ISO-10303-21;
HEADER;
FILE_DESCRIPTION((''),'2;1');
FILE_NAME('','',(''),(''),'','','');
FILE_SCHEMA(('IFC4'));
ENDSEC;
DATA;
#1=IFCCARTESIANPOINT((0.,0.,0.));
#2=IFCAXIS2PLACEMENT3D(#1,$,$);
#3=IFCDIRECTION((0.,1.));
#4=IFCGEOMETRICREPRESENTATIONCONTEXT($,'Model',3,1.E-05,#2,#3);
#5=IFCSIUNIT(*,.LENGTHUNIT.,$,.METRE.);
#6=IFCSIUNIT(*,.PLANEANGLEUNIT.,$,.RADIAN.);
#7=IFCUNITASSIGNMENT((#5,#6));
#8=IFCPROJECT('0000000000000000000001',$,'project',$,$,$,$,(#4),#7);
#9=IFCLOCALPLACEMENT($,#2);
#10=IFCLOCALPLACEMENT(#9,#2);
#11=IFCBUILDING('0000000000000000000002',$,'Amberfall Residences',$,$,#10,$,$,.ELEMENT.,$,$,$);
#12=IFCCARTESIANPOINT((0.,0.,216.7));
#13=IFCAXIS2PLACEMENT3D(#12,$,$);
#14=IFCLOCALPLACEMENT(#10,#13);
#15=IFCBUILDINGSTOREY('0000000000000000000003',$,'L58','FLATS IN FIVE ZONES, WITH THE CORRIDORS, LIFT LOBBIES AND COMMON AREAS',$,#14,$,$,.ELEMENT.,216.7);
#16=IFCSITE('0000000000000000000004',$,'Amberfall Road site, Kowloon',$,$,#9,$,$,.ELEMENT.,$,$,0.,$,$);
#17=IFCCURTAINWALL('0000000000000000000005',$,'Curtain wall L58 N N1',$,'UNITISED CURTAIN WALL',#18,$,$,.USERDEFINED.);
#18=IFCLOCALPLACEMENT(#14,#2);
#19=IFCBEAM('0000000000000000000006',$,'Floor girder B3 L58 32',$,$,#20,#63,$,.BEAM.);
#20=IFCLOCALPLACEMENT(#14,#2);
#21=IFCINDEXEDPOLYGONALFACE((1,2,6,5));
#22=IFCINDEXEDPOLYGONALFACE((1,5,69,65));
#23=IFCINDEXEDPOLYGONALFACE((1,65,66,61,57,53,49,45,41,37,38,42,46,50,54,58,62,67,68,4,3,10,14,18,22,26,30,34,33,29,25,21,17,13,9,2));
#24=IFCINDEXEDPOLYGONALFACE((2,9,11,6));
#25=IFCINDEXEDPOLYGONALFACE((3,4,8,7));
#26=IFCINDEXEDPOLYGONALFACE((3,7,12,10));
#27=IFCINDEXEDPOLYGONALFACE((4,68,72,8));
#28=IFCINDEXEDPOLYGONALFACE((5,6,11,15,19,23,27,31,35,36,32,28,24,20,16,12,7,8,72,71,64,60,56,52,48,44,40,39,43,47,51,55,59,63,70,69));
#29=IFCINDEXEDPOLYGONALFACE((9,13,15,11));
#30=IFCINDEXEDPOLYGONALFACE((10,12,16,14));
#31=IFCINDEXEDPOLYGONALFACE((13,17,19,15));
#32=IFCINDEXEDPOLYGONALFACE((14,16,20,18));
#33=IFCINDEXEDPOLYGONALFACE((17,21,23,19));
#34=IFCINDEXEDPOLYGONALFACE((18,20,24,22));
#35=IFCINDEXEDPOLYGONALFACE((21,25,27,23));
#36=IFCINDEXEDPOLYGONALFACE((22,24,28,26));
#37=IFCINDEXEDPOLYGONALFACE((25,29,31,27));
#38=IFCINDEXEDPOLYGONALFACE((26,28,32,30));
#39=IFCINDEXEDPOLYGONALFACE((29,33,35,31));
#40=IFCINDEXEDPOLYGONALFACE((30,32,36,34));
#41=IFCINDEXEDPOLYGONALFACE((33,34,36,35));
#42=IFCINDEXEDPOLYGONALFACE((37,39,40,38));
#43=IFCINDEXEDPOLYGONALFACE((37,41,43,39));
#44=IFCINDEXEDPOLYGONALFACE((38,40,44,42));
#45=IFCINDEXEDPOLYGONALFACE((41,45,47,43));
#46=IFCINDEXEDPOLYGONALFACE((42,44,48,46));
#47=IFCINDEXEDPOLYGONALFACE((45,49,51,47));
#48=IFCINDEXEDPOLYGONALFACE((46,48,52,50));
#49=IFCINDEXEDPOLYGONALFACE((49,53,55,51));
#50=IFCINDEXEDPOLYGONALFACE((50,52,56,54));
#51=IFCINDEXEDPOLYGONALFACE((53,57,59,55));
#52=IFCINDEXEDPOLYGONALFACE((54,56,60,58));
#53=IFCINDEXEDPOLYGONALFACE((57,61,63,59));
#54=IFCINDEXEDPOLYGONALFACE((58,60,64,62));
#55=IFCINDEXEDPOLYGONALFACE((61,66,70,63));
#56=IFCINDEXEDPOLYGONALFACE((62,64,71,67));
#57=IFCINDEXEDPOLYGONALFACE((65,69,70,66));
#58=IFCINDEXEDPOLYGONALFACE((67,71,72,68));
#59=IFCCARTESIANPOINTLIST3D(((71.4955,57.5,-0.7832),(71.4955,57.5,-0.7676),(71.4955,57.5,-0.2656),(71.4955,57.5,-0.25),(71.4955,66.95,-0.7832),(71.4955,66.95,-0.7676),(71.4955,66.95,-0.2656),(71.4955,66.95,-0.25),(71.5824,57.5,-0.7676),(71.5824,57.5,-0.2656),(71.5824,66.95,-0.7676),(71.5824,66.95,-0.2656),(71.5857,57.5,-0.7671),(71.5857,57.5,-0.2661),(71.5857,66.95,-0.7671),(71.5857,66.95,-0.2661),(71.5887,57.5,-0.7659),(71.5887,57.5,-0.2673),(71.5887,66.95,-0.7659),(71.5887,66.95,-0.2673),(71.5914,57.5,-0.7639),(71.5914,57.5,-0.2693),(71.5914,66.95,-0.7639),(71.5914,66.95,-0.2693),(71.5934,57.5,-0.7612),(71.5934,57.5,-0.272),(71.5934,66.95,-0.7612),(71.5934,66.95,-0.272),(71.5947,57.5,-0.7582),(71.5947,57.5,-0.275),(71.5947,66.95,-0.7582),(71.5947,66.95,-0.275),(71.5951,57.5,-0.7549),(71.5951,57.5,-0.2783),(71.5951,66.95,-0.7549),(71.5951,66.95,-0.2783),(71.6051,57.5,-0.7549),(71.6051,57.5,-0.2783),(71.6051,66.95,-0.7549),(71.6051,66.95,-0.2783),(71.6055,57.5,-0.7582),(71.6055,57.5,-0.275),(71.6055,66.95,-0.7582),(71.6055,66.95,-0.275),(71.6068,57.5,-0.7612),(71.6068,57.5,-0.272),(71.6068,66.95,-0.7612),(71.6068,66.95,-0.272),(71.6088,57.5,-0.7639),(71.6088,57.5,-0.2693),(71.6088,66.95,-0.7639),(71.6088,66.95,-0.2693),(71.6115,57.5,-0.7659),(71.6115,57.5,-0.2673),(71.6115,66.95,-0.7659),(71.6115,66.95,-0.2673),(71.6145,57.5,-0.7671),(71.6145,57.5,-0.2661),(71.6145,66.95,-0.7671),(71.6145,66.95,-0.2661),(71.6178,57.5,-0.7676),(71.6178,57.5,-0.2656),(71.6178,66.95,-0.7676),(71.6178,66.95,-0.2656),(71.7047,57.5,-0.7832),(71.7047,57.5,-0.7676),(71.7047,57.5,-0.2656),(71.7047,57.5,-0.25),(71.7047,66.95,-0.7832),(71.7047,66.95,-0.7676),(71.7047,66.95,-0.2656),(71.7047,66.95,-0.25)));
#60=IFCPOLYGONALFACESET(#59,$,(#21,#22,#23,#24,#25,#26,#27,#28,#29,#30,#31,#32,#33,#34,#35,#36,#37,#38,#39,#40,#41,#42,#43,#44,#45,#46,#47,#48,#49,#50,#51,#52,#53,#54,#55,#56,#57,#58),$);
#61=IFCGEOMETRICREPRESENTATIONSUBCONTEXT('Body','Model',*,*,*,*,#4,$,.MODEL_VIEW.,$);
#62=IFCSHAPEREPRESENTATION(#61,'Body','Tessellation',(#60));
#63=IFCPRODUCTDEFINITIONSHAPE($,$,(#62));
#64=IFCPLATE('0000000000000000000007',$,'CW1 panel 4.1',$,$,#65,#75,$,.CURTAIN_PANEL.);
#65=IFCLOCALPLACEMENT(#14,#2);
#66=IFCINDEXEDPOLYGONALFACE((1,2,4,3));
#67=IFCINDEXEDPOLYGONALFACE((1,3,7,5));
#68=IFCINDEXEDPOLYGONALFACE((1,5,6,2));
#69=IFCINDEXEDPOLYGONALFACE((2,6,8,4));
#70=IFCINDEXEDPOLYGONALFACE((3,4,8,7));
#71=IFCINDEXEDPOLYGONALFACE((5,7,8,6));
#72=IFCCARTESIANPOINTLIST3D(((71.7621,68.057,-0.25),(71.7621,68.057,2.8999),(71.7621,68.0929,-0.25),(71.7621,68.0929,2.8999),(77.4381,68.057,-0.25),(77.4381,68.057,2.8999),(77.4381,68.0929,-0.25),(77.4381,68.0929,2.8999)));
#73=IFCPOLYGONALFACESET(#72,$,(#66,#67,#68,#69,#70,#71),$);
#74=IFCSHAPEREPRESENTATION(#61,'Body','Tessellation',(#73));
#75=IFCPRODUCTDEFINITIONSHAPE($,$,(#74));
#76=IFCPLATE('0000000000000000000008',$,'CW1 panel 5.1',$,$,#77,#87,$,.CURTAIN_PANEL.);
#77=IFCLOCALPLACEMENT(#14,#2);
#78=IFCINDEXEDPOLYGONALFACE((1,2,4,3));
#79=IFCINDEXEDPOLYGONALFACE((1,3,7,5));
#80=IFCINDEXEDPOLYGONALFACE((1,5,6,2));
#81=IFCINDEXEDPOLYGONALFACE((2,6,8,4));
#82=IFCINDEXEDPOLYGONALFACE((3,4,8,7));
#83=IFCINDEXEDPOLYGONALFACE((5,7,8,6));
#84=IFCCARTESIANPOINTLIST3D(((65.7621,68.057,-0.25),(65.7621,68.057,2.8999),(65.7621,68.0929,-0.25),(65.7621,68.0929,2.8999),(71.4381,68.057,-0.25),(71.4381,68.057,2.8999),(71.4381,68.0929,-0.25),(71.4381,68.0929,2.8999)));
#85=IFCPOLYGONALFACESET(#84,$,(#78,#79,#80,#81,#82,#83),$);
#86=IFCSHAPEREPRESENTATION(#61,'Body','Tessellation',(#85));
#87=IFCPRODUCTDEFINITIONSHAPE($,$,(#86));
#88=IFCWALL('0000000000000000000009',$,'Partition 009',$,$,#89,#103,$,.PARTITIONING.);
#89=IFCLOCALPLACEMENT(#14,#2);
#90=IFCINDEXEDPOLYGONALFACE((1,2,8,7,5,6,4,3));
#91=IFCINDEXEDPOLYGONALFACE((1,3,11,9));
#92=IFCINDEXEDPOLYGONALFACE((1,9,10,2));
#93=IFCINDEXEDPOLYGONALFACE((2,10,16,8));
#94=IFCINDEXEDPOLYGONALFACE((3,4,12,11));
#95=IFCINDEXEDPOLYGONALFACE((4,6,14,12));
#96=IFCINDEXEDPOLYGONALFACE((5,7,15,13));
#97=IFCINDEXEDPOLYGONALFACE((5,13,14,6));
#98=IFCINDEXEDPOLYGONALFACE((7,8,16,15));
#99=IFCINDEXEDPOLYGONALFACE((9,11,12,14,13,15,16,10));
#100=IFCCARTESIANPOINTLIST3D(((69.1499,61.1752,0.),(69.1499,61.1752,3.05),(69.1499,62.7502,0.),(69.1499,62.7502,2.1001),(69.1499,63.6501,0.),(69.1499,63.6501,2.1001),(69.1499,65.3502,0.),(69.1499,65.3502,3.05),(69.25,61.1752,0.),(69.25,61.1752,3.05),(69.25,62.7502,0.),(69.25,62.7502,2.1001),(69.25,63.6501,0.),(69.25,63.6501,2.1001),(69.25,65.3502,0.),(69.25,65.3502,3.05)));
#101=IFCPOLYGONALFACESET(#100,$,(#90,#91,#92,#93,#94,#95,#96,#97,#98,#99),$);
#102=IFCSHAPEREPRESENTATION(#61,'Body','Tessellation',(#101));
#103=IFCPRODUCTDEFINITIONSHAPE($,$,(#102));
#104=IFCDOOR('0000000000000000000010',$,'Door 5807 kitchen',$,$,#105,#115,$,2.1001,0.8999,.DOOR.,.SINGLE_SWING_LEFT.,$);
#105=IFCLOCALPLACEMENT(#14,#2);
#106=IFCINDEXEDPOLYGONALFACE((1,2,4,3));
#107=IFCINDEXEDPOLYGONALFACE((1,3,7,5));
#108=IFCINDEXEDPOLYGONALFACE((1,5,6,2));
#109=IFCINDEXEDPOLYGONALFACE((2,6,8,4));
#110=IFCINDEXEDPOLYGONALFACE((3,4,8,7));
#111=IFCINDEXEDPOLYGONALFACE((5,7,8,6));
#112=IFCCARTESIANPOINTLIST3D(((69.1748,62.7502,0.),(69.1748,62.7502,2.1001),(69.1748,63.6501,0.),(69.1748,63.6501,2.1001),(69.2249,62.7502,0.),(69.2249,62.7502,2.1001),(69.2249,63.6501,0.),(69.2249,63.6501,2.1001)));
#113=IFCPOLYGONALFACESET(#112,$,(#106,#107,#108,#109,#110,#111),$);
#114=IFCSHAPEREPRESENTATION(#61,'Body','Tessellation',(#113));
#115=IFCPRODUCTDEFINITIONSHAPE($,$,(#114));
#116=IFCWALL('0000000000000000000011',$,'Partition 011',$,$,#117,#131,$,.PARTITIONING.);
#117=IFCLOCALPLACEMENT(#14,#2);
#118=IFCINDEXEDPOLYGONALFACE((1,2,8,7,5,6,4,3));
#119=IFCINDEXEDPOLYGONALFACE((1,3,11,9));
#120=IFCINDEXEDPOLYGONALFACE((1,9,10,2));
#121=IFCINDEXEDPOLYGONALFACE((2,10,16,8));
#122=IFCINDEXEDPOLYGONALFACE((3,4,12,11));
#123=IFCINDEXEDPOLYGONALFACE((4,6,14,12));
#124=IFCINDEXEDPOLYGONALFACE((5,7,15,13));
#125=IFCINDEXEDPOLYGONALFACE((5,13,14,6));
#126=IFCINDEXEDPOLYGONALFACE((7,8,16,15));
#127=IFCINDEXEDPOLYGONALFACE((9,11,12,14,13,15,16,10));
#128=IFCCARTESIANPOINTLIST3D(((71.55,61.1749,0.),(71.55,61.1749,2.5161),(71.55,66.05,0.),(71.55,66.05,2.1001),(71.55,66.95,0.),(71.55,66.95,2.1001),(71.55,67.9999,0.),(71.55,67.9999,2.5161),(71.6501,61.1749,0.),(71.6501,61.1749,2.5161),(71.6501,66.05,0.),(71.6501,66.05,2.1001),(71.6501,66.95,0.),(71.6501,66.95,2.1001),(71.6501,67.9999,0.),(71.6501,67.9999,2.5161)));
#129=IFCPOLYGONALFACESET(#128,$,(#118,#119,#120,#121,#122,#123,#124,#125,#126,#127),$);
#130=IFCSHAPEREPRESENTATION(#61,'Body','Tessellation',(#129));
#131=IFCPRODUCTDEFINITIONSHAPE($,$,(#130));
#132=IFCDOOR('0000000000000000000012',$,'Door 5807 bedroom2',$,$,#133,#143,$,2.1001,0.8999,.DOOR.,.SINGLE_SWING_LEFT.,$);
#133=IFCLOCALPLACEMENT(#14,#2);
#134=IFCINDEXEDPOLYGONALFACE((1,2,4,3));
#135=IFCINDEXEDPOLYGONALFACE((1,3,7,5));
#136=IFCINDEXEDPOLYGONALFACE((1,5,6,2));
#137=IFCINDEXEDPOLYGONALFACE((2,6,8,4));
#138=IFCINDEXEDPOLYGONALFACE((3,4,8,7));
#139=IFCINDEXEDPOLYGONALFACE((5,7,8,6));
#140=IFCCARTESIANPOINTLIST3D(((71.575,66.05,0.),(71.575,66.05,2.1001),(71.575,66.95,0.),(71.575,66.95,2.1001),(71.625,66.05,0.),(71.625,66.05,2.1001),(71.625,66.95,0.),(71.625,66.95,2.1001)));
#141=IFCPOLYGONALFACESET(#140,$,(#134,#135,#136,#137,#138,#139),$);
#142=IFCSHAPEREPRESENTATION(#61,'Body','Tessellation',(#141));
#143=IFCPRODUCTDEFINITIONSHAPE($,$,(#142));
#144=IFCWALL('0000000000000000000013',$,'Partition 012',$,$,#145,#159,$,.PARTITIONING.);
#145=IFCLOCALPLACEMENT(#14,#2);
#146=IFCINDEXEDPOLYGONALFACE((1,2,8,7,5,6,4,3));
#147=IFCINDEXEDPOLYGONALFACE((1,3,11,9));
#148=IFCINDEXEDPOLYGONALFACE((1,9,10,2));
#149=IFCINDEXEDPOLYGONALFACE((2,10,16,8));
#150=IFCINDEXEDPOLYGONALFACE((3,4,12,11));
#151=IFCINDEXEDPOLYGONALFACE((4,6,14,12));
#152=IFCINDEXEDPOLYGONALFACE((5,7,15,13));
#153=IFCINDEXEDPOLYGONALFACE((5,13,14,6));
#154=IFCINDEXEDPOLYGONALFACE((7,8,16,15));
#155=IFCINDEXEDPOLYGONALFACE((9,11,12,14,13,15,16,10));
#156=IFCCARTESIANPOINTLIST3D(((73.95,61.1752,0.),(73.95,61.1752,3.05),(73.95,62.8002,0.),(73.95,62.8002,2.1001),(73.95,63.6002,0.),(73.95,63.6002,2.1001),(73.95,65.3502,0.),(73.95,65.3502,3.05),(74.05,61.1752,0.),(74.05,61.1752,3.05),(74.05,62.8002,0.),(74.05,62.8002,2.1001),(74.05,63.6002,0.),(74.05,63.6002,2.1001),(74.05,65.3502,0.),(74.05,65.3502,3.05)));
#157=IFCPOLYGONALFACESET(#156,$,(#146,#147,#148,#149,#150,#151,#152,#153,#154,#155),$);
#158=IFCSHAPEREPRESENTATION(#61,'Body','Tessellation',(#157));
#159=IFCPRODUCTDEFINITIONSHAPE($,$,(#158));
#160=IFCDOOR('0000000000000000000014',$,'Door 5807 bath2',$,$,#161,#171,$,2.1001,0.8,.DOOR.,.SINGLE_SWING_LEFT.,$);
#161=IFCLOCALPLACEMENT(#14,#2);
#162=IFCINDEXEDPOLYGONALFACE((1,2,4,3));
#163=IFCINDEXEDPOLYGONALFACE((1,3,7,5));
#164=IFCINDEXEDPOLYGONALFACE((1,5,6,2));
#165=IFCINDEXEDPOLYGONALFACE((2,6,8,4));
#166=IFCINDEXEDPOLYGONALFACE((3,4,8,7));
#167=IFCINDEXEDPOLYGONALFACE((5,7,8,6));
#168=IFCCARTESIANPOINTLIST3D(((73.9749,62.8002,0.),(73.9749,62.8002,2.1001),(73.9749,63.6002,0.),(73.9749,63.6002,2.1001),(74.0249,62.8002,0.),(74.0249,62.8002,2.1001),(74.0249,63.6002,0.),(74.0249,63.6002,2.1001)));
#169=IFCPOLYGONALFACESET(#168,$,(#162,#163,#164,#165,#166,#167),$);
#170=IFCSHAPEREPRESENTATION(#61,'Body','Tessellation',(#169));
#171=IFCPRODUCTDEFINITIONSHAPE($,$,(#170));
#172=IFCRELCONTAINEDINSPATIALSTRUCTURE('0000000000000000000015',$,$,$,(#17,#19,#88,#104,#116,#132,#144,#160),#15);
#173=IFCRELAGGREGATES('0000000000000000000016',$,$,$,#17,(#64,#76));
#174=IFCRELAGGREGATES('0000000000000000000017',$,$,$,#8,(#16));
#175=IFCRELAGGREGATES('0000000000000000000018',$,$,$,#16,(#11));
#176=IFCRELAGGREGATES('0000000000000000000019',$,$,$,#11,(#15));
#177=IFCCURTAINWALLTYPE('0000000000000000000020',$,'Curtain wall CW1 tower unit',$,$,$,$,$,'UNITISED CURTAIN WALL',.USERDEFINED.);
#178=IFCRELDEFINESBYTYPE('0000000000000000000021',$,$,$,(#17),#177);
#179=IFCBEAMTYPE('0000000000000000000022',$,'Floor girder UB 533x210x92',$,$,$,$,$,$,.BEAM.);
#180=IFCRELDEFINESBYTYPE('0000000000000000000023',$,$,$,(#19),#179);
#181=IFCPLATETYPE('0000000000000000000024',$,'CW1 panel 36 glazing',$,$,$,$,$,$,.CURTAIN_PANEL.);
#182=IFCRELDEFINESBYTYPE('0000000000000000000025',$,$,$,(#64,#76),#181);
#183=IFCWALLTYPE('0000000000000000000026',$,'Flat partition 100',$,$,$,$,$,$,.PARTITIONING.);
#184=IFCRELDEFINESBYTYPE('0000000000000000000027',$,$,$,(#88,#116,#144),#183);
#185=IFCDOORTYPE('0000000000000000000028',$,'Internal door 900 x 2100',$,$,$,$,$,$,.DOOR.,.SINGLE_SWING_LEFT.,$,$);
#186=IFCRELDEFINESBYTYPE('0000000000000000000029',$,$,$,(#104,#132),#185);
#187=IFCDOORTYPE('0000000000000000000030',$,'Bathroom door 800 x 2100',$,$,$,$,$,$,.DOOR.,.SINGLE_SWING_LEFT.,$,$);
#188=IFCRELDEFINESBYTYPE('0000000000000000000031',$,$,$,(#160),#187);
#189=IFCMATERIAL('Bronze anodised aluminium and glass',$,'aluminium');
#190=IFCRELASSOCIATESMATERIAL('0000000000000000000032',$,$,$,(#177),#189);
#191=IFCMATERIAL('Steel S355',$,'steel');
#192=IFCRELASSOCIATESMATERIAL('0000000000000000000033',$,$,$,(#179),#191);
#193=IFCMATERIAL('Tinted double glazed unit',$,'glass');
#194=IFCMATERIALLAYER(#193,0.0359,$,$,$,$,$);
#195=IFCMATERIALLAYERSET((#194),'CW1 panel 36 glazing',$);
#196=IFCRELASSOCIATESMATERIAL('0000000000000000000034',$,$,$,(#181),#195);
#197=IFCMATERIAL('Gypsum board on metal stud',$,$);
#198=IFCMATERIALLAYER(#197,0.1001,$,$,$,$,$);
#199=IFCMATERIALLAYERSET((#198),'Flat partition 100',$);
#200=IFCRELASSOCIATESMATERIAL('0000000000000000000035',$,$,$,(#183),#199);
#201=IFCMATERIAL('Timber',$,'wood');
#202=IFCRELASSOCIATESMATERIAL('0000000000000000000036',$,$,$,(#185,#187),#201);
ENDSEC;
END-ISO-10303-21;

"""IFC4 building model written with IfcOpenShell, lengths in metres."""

from ifc_helpers import new_model, si_unit, direction, frame, frame_2d, origin, origin_2d, place, context, subcontext, project, spatial, rectangle, i_section, extrude, material, layer, layer_set, material_profile, profile_set, type_object, element, fill, aggregate, save


model = new_model("IFC4")

# Units and contexts
model_context = context("Model", 3, precision=1e-05, world=origin(), true_north=direction((0.0, 1.0)))
body_context = subcontext(model_context, "Body", "Model", "MODEL_VIEW")
ifc_project = project(units=[si_unit("LENGTHUNIT", "METRE"), si_unit("PLANEANGLEUNIT", "RADIAN")], contexts=[model_context])

# Site, building, storey
site_placement = place(None, origin())
site = spatial("IfcSite", under=ifc_project, at=site_placement, Name="Amberfall Road site, Kowloon", CompositionType="ELEMENT", RefElevation=0.0)
building_placement = place(site_placement, origin())
building = spatial("IfcBuilding", under=site, at=building_placement, Name="Amberfall Residences", CompositionType="ELEMENT")
storey_placement = place(building_placement, frame((0.0, 0.0, 216.7)))
storey = spatial("IfcBuildingStorey", under=building, at=storey_placement, Name="L58", Description="FLATS IN FIVE ZONES, WITH THE CORRIDORS, LIFT LOBBIES AND COMMON AREAS", CompositionType="ELEMENT", Elevation=216.7)

# Curtain wall
ifc_material_1 = material(Name="Bronze anodised aluminium and glass", Category="aluminium")
curtain_wall_type = type_object("IfcCurtainWallType", Name="Curtain wall CW1 tower unit", ElementType="UNITISED CURTAIN WALL", PredefinedType="USERDEFINED", material=ifc_material_1)
curtain_wall_placement = place(storey_placement, origin())
curtain_wall = element("IfcCurtainWall", 1, at=curtain_wall_placement, inside=storey, type_object=curtain_wall_type, Name="Curtain wall L58 N N1", ObjectType="UNITISED CURTAIN WALL", PredefinedType="USERDEFINED")

# Shared definitions
ifc_material_2 = material(Name="Steel S355", Category="steel")

# Beam
ifc_material_profile_1 = material_profile(ifc_material_2, i_section(OverallWidth=0.2092, OverallDepth=0.5332, WebThickness=0.01, FlangeThickness=0.0156, FilletRadius=0.0127, at=origin_2d()), Name="UB 533x210x92")
ifc_profile_set_1 = profile_set([ifc_material_profile_1], Name="Steel S355")
beam_type_1 = type_object("IfcBeamType", Name="Floor girder UB 533x210x92", PredefinedType="BEAM", material=ifc_profile_set_1)
beam_placement = place(storey_placement, frame((71.6001, 66.95, -0.5166), z_axis=(0.0, -1.0, 0.0), x_axis=(1.0, 0.0, 0.0)))
element("IfcBeam", 2, at=beam_placement, inside=storey, type_object=beam_type_1, Name="Floor girder B3 L58 32", PredefinedType="BEAM", context=body_context, shape_type="SweptSolid", body=[
    extrude(i_section(OverallWidth=0.2092, OverallDepth=0.5332, WebThickness=0.01, FlangeThickness=0.0156, FilletRadius=0.0127, at=origin_2d()), origin(), (0.0, 0.0, 1.0), 9.45),
])

# Plates
ifc_material_3 = material(Name="Tinted double glazed unit", Category="glass")
ifc_layer_1 = layer(ifc_material_3, 0.0359)
ifc_layer_set_1 = layer_set([ifc_layer_1], Name="CW1 panel 36 glazing")
plate_type = type_object("IfcPlateType", Name="CW1 panel 36 glazing", PredefinedType="CURTAIN_PANEL", material=ifc_layer_set_1)
plate_1_placement = place(storey_placement, frame((74.6001, 68.075, -0.25), z_axis=(0.0, 0.0, 1.0), x_axis=(-1.0, 0.0, 0.0)))
plate_1 = element("IfcPlate", 3, at=plate_1_placement, type_object=plate_type, Name="CW1 panel 4.1", PredefinedType="CURTAIN_PANEL", context=body_context, shape_type="SweptSolid", body=[
    extrude(rectangle(XDim=5.676, YDim=0.0359, at=origin_2d()), origin(), (0.0, 0.0, 1.0), 3.1499),
])
plate_2_placement = place(storey_placement, frame((68.6001, 68.075, -0.25), z_axis=(0.0, 0.0, 1.0), x_axis=(-1.0, 0.0, 0.0)))
plate_2 = element("IfcPlate", 4, at=plate_2_placement, type_object=plate_type, Name="CW1 panel 5.1", PredefinedType="CURTAIN_PANEL", context=body_context, shape_type="SweptSolid", body=[
    extrude(rectangle(XDim=5.676, YDim=0.0359, at=origin_2d()), origin(), (0.0, 0.0, 1.0), 3.1499),
])
aggregate(curtain_wall, [plate_1, plate_2])

# Walls, openings, doors
ifc_material_4 = material(Name="Gypsum board on metal stud")
ifc_layer_2 = layer(ifc_material_4, 0.1001)
ifc_layer_set_2 = layer_set([ifc_layer_2], Name="Flat partition 100")
wall_type = type_object("IfcWallType", Name="Flat partition 100", PredefinedType="PARTITIONING", material=ifc_layer_set_2)
wall_1_placement = place(storey_placement, frame((69.2, 65.3501, 0.0), z_axis=(0.0, 0.0, 1.0), x_axis=(0.0, -1.0, 0.0)))
wall_1 = element("IfcWall", 5, at=wall_1_placement, inside=storey, type_object=wall_type, Name="Partition 009", PredefinedType="PARTITIONING", context=body_context, shape_type="SweptSolid", body=[
    extrude(rectangle(XDim=4.175, YDim=0.1001, at=frame_2d((2.0874, 0.0))), origin(), (0.0, 0.0, 1.0), 3.05),
])
opening_1_placement = place(wall_1_placement, frame((1.7, 0.0, 0.0)))
opening_1 = element("IfcOpeningElement", 6, at=opening_1_placement, cuts=wall_1, PredefinedType="OPENING", context=body_context, shape_type="SweptSolid", body=[
    extrude(rectangle(XDim=0.8999, YDim=2.1001, at=frame_2d((0.45, 1.05))), frame((0.0, 0.0601, 0.0), z_axis=(0.0, -1.0, 0.0), x_axis=(1.0, 0.0, 0.0)), (0.0, 0.0, 1.0), 0.1201),
])
ifc_material_5 = material(Name="Timber", Category="wood")
door_type_1 = type_object("IfcDoorType", Name="Internal door 900 x 2100", OperationType="SINGLE_SWING_LEFT", PredefinedType="DOOR", material=ifc_material_5)
door_1_placement = place(opening_1_placement, origin())
door_1 = element("IfcDoor", 7, at=door_1_placement, inside=storey, type_object=door_type_1, Name="Door 5807 kitchen", OperationType="SINGLE_SWING_LEFT", OverallHeight=2.1001, OverallWidth=0.8999, PredefinedType="DOOR", context=body_context, shape_type="SweptSolid", body=[
    extrude(rectangle(XDim=0.8999, YDim=2.1001, at=frame_2d((0.45, 1.05))), frame((0.0, 0.0249, 0.0), z_axis=(0.0, -1.0, 0.0), x_axis=(1.0, 0.0, 0.0)), (0.0, 0.0, 1.0), 0.05),
])
fill(opening_1, door_1)
wall_2_placement = place(storey_placement, frame((71.6001, 68.0, 0.0), z_axis=(0.0, 0.0, 1.0), x_axis=(0.0, -1.0, 0.0)))
wall_2 = element("IfcWall", 8, at=wall_2_placement, inside=storey, type_object=wall_type, Name="Partition 011", PredefinedType="PARTITIONING", context=body_context, shape_type="SweptSolid", body=[
    extrude(rectangle(XDim=6.825, YDim=0.1001, at=frame_2d((3.4126, 0.0))), origin(), (0.0, 0.0, 1.0), 2.5161),
])
opening_2_placement = place(wall_2_placement, frame((1.05, 0.0, 0.0)))
opening_2 = element("IfcOpeningElement", 9, at=opening_2_placement, cuts=wall_2, PredefinedType="OPENING", context=body_context, shape_type="SweptSolid", body=[
    extrude(rectangle(XDim=0.8999, YDim=2.1001, at=frame_2d((0.45, 1.05))), frame((0.0, 0.0601, 0.0), z_axis=(0.0, -1.0, 0.0), x_axis=(1.0, 0.0, 0.0)), (0.0, 0.0, 1.0), 0.1201),
])
door_2_placement = place(opening_2_placement, origin())
door_2 = element("IfcDoor", 10, at=door_2_placement, inside=storey, type_object=door_type_1, Name="Door 5807 bedroom2", OperationType="SINGLE_SWING_LEFT", OverallHeight=2.1001, OverallWidth=0.8999, PredefinedType="DOOR", context=body_context, shape_type="SweptSolid", body=[
    extrude(rectangle(XDim=0.8999, YDim=2.1001, at=frame_2d((0.45, 1.05))), frame((0.0, 0.0249, 0.0), z_axis=(0.0, -1.0, 0.0), x_axis=(1.0, 0.0, 0.0)), (0.0, 0.0, 1.0), 0.05),
])
fill(opening_2, door_2)
wall_3_placement = place(storey_placement, frame((74.0, 65.3501, 0.0), z_axis=(0.0, 0.0, 1.0), x_axis=(0.0, -1.0, 0.0)))
wall_3 = element("IfcWall", 11, at=wall_3_placement, inside=storey, type_object=wall_type, Name="Partition 012", PredefinedType="PARTITIONING", context=body_context, shape_type="SweptSolid", body=[
    extrude(rectangle(XDim=4.175, YDim=0.1001, at=frame_2d((2.0874, 0.0))), origin(), (0.0, 0.0, 1.0), 3.05),
])
opening_3_placement = place(wall_3_placement, frame((1.75, 0.0, 0.0)))
opening_3 = element("IfcOpeningElement", 12, at=opening_3_placement, cuts=wall_3, PredefinedType="OPENING", context=body_context, shape_type="SweptSolid", body=[
    extrude(rectangle(XDim=0.8, YDim=2.1001, at=frame_2d((0.3999, 1.05))), frame((0.0, 0.0601, 0.0), z_axis=(0.0, -1.0, 0.0), x_axis=(1.0, 0.0, 0.0)), (0.0, 0.0, 1.0), 0.1201),
])
door_type_2 = type_object("IfcDoorType", Name="Bathroom door 800 x 2100", OperationType="SINGLE_SWING_LEFT", PredefinedType="DOOR", material=ifc_material_5)
door_3_placement = place(opening_3_placement, origin())
door_3 = element("IfcDoor", 13, at=door_3_placement, inside=storey, type_object=door_type_2, Name="Door 5807 bath2", OperationType="SINGLE_SWING_LEFT", OverallHeight=2.1001, OverallWidth=0.8, PredefinedType="DOOR", context=body_context, shape_type="SweptSolid", body=[
    extrude(rectangle(XDim=0.8, YDim=2.1001, at=frame_2d((0.3999, 1.05))), frame((0.0, 0.0249, 0.0), z_axis=(0.0, -1.0, 0.0), x_axis=(1.0, 0.0, 0.0)), (0.0, 0.0, 1.0), 0.05),
])
fill(opening_3, door_3)

save(model, "model.ifc")
